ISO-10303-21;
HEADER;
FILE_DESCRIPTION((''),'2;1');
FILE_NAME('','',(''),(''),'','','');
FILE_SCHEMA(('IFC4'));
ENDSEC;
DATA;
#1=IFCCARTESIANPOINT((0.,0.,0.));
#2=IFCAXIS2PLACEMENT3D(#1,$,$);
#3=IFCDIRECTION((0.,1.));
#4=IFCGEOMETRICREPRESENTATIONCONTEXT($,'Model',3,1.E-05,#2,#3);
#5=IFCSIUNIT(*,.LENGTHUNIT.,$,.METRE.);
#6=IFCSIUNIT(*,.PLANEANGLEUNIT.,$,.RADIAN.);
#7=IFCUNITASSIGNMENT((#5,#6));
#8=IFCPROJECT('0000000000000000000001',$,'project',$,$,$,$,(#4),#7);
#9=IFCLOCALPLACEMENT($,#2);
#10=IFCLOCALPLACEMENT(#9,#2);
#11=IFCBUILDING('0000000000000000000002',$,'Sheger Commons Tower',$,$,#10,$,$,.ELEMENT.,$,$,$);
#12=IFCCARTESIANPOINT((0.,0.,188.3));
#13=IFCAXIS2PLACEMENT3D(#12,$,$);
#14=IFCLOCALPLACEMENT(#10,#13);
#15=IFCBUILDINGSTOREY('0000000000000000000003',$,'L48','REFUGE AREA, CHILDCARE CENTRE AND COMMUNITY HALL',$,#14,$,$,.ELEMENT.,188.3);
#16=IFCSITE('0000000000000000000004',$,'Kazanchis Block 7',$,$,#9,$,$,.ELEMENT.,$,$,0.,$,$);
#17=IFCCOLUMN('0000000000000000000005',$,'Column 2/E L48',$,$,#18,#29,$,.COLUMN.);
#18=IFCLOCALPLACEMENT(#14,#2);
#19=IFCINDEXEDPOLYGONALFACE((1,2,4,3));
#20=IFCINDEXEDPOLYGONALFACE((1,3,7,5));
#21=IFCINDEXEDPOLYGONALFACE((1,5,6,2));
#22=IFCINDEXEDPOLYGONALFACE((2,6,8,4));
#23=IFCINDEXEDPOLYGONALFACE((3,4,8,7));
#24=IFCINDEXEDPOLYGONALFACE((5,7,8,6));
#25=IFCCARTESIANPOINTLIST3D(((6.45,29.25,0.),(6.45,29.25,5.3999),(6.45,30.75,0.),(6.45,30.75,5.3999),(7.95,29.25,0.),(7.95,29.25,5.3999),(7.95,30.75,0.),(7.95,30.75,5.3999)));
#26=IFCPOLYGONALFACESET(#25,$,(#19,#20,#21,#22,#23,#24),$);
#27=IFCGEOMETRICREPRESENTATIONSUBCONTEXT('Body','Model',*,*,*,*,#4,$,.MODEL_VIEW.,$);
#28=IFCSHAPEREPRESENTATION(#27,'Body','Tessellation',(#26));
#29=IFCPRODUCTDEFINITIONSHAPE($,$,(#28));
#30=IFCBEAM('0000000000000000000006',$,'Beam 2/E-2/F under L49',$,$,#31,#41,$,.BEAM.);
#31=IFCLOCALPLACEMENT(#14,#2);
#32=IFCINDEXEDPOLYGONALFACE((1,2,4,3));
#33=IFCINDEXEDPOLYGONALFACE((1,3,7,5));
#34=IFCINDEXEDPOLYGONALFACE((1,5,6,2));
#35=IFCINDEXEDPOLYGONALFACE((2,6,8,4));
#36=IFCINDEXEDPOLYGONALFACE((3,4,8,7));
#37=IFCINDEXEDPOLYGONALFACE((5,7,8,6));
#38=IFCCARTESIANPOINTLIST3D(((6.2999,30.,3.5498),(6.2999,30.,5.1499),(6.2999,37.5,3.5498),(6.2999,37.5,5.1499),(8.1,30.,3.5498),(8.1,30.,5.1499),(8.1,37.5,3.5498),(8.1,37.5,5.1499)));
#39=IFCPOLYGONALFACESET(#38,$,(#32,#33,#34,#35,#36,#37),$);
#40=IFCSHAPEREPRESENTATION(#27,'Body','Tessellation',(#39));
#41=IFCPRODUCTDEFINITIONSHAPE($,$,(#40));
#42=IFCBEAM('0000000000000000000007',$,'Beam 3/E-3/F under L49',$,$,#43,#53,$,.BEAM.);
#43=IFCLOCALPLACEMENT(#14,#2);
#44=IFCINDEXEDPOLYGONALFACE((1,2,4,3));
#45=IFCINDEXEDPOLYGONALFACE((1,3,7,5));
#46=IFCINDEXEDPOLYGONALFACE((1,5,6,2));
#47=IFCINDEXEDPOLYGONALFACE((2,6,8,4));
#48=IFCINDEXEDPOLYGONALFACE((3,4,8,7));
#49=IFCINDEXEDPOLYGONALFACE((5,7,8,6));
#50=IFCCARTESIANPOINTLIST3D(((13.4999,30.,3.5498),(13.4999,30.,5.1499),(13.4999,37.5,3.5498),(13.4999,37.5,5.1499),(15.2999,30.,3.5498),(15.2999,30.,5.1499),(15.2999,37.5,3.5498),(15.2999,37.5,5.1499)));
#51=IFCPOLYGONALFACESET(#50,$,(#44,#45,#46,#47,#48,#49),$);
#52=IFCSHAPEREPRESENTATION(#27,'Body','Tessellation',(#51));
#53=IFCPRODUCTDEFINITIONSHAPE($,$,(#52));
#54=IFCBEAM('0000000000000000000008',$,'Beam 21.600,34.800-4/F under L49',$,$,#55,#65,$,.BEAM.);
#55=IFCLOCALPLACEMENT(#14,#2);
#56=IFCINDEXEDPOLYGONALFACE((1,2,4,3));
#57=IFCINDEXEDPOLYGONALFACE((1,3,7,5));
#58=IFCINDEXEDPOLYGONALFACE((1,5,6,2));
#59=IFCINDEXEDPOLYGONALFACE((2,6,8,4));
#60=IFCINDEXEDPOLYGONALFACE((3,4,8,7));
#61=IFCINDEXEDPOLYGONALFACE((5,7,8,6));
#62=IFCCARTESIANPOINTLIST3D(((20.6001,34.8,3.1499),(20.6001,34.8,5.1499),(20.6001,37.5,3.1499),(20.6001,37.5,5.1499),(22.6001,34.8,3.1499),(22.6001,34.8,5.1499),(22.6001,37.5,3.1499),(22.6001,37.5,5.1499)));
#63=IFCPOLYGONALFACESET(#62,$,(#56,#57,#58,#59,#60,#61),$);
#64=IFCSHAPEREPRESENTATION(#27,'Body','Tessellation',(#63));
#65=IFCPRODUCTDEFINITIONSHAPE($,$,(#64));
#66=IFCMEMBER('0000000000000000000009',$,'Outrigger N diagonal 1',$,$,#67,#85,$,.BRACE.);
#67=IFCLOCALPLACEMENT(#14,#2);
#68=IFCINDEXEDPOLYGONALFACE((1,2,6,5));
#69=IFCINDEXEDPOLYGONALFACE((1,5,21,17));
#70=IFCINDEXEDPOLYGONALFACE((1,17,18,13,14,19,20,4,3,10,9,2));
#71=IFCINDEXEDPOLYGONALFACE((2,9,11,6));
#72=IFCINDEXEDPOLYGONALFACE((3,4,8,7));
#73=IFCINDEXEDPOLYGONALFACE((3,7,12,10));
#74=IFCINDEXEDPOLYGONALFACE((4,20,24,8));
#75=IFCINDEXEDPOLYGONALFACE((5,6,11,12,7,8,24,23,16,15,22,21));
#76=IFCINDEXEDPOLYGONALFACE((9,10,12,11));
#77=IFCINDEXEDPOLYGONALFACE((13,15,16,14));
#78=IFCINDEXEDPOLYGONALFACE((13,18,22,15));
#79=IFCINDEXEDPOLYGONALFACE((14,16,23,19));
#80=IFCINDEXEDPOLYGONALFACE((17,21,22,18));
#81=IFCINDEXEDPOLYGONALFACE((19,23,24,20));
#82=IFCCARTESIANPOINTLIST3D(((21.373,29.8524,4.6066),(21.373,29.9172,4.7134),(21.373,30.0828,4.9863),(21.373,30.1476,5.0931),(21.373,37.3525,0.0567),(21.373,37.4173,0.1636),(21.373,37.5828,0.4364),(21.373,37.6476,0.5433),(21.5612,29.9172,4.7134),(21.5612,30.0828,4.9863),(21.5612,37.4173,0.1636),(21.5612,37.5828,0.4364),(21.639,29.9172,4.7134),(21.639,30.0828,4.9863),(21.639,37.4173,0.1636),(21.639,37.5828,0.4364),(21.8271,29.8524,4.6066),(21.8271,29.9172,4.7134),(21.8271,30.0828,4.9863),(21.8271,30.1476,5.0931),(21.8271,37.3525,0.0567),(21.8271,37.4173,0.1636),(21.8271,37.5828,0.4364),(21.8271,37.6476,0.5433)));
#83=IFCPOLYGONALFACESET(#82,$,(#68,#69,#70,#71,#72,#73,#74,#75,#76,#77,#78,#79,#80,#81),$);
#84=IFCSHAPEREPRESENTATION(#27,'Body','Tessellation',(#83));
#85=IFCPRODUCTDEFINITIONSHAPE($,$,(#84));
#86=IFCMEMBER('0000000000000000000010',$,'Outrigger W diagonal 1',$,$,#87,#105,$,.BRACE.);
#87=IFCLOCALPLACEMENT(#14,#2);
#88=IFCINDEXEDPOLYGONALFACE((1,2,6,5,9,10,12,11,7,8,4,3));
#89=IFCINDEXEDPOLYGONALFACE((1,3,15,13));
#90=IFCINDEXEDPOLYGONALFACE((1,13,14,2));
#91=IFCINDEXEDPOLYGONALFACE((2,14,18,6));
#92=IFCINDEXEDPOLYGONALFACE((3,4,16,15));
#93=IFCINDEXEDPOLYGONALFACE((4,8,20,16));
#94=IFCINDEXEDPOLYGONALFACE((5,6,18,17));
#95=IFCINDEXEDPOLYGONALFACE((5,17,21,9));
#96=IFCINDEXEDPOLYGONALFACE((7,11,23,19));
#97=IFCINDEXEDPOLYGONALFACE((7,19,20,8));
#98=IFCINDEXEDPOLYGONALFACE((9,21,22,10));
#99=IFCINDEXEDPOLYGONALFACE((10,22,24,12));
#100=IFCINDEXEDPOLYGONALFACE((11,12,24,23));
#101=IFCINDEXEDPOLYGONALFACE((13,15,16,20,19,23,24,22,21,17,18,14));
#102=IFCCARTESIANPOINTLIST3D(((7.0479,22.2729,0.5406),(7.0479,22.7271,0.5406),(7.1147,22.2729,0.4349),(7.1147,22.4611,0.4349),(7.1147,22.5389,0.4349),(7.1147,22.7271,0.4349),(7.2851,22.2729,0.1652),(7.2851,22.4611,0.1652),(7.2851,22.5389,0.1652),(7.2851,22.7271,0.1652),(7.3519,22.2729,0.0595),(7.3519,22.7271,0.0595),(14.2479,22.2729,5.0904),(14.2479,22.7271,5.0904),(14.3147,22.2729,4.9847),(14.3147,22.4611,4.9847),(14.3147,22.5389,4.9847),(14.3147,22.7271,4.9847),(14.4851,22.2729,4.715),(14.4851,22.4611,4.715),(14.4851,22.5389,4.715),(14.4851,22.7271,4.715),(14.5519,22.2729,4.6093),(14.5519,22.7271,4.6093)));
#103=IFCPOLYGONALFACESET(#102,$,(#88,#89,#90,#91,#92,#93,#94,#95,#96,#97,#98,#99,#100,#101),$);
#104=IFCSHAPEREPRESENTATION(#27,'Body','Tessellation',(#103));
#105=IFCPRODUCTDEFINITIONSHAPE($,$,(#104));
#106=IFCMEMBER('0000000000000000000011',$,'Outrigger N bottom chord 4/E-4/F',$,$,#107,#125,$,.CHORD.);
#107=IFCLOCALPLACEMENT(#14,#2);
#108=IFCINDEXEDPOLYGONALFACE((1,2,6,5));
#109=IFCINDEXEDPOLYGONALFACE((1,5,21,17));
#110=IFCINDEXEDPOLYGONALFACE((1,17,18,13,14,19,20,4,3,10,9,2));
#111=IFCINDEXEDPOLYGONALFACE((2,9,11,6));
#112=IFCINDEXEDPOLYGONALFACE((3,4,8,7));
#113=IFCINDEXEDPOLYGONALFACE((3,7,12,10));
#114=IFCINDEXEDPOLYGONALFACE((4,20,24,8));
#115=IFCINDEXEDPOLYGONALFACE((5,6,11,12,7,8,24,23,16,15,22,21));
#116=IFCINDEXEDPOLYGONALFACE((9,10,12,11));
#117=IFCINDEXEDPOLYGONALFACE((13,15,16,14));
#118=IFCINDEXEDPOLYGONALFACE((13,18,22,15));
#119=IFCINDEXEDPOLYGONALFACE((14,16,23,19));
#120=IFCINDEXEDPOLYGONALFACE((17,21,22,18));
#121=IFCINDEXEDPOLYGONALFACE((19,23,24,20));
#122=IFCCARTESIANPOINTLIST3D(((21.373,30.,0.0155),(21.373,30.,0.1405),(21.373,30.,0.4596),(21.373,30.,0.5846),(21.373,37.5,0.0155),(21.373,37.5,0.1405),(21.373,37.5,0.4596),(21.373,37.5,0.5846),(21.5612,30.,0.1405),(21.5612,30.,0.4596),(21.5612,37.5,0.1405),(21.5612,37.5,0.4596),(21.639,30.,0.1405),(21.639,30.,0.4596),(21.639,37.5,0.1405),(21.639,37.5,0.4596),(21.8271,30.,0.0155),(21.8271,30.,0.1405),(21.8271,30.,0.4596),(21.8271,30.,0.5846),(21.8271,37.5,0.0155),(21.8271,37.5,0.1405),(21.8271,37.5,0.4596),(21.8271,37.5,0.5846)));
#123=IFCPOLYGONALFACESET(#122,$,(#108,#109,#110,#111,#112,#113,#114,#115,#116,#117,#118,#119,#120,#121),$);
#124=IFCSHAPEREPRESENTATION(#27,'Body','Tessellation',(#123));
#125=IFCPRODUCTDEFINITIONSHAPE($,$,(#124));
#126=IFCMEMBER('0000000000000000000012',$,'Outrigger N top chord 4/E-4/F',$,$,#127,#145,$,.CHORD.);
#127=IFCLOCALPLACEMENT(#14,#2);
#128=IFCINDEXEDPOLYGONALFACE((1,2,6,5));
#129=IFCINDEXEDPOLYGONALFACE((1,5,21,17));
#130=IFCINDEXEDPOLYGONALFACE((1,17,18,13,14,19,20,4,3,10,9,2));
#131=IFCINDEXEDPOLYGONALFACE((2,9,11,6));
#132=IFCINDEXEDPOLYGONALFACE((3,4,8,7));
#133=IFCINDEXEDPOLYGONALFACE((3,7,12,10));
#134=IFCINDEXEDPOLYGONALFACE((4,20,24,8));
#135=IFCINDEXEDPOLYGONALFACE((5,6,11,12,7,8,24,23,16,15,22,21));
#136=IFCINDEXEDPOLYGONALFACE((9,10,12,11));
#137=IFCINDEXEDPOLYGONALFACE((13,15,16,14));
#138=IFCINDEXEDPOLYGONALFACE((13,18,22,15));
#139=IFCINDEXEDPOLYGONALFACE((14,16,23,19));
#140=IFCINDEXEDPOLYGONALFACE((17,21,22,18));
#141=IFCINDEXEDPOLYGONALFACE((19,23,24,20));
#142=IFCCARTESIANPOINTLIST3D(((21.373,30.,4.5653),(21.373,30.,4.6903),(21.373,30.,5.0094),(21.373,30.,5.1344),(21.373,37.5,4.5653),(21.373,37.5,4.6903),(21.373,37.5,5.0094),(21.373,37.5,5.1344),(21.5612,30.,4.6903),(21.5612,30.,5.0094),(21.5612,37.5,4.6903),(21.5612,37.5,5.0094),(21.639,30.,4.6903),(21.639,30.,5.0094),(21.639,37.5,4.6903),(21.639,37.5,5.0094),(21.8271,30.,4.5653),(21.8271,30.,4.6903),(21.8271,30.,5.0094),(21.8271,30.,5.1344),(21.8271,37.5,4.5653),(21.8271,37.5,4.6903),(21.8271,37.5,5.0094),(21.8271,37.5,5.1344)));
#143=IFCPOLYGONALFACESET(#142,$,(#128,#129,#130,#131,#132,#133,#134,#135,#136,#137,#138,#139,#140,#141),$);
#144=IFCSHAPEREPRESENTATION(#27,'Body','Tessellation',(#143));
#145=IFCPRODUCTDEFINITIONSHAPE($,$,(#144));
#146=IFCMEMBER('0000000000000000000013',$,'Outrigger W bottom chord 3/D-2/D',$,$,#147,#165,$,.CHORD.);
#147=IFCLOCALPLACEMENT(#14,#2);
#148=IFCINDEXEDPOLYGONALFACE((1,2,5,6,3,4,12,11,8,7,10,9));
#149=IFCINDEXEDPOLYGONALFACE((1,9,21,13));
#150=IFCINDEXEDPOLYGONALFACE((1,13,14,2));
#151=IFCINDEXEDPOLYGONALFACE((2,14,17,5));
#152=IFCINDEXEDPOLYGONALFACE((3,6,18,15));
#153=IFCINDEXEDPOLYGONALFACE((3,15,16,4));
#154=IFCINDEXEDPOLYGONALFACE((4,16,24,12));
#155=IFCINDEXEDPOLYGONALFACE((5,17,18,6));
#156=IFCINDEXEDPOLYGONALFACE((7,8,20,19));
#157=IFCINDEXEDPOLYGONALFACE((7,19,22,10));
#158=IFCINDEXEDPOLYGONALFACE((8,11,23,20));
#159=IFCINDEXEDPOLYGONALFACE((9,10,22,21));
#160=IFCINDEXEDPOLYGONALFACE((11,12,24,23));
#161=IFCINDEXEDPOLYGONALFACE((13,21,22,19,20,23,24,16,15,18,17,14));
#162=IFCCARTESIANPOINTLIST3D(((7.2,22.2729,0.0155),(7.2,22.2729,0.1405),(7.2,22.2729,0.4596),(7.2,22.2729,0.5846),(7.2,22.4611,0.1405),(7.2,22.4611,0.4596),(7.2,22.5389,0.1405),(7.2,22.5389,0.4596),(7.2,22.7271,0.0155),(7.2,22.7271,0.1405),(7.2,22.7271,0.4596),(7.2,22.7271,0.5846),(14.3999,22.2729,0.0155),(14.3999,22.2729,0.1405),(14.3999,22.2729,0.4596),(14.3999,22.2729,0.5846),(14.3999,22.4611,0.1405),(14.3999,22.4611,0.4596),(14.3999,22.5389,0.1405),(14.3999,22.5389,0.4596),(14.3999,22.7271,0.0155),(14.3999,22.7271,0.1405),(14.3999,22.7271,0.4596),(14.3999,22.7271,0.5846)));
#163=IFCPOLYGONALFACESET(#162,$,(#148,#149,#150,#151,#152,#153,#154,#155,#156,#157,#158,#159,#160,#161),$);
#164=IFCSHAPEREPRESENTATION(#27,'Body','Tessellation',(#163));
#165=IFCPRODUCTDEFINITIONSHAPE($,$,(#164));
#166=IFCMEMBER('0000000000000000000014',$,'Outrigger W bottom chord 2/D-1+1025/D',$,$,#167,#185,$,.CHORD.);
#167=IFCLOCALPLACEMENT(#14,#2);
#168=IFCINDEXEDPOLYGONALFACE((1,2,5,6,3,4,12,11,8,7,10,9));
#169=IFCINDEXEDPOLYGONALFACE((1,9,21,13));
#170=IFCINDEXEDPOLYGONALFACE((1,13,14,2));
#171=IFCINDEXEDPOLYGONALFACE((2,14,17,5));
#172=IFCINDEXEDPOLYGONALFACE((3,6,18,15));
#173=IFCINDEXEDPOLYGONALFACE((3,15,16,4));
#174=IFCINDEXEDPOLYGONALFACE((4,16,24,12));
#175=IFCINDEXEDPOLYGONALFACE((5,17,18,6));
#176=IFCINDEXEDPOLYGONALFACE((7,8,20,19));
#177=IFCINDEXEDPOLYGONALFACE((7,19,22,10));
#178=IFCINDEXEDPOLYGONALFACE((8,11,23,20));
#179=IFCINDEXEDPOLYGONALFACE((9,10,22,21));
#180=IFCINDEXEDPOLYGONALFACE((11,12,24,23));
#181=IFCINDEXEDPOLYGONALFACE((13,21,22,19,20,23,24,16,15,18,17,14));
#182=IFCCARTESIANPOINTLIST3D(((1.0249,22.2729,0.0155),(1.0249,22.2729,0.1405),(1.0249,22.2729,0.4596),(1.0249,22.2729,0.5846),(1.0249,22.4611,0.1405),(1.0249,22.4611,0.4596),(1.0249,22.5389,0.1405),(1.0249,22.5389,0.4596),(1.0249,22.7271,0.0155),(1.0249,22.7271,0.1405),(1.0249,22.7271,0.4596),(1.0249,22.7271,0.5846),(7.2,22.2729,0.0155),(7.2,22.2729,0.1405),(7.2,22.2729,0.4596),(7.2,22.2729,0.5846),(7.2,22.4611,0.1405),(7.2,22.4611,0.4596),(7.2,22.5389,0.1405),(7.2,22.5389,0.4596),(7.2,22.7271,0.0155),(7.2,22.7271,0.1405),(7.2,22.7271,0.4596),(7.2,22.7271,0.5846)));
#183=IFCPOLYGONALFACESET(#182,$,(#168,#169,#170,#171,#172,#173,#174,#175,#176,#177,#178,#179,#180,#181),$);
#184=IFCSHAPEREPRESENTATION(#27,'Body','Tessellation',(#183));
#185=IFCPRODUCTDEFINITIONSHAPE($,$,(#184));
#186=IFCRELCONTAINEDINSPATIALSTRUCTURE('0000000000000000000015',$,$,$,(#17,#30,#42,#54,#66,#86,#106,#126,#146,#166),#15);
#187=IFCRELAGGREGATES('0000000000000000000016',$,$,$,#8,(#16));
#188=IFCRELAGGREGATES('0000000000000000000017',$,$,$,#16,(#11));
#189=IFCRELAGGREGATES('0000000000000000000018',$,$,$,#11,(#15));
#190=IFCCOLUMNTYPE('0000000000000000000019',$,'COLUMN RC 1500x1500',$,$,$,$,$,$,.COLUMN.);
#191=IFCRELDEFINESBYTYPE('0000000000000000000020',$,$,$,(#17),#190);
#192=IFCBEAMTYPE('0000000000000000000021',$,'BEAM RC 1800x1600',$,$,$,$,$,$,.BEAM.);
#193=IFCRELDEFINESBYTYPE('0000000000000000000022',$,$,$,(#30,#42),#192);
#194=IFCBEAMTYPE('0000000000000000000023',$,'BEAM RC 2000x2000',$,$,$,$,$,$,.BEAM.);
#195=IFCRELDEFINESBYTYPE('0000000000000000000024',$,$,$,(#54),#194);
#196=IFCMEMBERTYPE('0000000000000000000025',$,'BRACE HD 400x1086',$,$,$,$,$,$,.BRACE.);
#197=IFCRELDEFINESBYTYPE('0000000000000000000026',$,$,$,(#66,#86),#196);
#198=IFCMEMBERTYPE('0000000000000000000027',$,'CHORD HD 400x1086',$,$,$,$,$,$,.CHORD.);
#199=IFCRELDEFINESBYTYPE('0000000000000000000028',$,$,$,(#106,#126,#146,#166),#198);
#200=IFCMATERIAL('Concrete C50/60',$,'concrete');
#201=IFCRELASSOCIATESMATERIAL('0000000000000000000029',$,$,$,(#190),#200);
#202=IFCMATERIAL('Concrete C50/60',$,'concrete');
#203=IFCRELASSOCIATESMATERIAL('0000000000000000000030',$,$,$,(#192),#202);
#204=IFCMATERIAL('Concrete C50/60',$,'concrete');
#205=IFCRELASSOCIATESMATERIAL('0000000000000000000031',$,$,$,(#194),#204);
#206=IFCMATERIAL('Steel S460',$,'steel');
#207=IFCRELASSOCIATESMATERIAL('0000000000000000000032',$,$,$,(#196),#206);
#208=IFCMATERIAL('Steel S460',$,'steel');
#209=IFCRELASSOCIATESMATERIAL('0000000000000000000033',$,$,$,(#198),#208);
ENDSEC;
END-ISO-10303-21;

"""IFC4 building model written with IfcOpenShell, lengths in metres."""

from ifc_helpers import new_model, si_unit, direction, frame, origin, origin_2d, place, context, subcontext, project, spatial, rectangle, i_section, extrude, material, material_profile, profile_set, type_object, element, save


model = new_model("IFC4")

# Units and contexts
model_context = context("Model", 3, precision=1e-05, world=origin(), true_north=direction((0.0, 1.0)))
body_context = subcontext(model_context, "Body", "Model", "MODEL_VIEW")
ifc_project = project(units=[si_unit("LENGTHUNIT", "METRE"), si_unit("PLANEANGLEUNIT", "RADIAN")], contexts=[model_context])

# Site, building, storey
site_placement = place(None, origin())
site = spatial("IfcSite", under=ifc_project, at=site_placement, Name="Kazanchis Block 7", CompositionType="ELEMENT", RefElevation=0.0)
building_placement = place(site_placement, origin())
building = spatial("IfcBuilding", under=site, at=building_placement, Name="Sheger Commons Tower", CompositionType="ELEMENT")
storey_placement = place(building_placement, frame((0.0, 0.0, 188.3)))
storey = spatial("IfcBuildingStorey", under=building, at=storey_placement, Name="L48", Description="REFUGE AREA, CHILDCARE CENTRE AND COMMUNITY HALL", CompositionType="ELEMENT", Elevation=188.3)

# Column
ifc_material_1 = material(Name="Concrete C50/60", Category="concrete")
ifc_material_profile_1 = material_profile(ifc_material_1, rectangle(XDim=1.5, YDim=1.5, at=origin_2d()), Name="RC 1500x1500")
ifc_profile_set_1 = profile_set([ifc_material_profile_1], Name="Concrete C50/60")
column_type = type_object("IfcColumnType", Name="COLUMN RC 1500x1500", PredefinedType="COLUMN", material=ifc_profile_set_1)
column_placement = place(storey_placement, frame((7.2, 30.0, 0.0), z_axis=(0.0, 0.0, 1.0), x_axis=(1.0, 0.0, 0.0)))
element("IfcColumn", 1, at=column_placement, inside=storey, type_object=column_type, Name="Column 2/E L48", PredefinedType="COLUMN", context=body_context, shape_type="SweptSolid", body=[
    extrude(rectangle(XDim=1.5, YDim=1.5, at=origin_2d()), origin(), (0.0, 0.0, 1.0), 5.3999),
])

# Beams
ifc_material_2 = material(Name="Concrete C50/60", Category="concrete")
ifc_material_profile_2 = material_profile(ifc_material_2, rectangle(XDim=1.8, YDim=1.6001, at=origin_2d()), Name="RC 1800x1600")
ifc_profile_set_2 = profile_set([ifc_material_profile_2], Name="Concrete C50/60")
beam_type_1 = type_object("IfcBeamType", Name="BEAM RC 1800x1600", PredefinedType="BEAM", material=ifc_profile_set_2)
for number, where, z_axis, x_axis, name in (
    (2, (7.2, 30.0, 4.3499), (0.0, 1.0, 0.0), (-1.0, 0.0, 0.0), "Beam 2/E-2/F under L49"),
    (3, (14.3999, 30.0, 4.3499), (0.0, 1.0, 0.0), (-1.0, 0.0, 0.0), "Beam 3/E-3/F under L49"),
):
    element("IfcBeam", number, at=place(storey_placement, frame(where, z_axis=z_axis, x_axis=x_axis)), inside=storey, type_object=beam_type_1, Name=name, PredefinedType="BEAM", context=body_context, shape_type="SweptSolid", body=[
        extrude(rectangle(XDim=1.8, YDim=1.6001, at=origin_2d()), origin(), (0.0, 0.0, 1.0), 7.5),
    ])
ifc_material_3 = material(Name="Concrete C50/60", Category="concrete")
ifc_material_profile_3 = material_profile(ifc_material_3, rectangle(XDim=2.0, YDim=2.0, at=origin_2d()), Name="RC 2000x2000")
ifc_profile_set_3 = profile_set([ifc_material_profile_3], Name="Concrete C50/60")
beam_type_2 = type_object("IfcBeamType", Name="BEAM RC 2000x2000", PredefinedType="BEAM", material=ifc_profile_set_3)
beam_placement = place(storey_placement, frame((21.6001, 34.8, 4.1499), z_axis=(0.0, 1.0, 0.0), x_axis=(-1.0, 0.0, 0.0)))
element("IfcBeam", 4, at=beam_placement, inside=storey, type_object=beam_type_2, Name="Beam 21.600,34.800-4/F under L49", PredefinedType="BEAM", context=body_context, shape_type="SweptSolid", body=[
    extrude(rectangle(XDim=2.0, YDim=2.0, at=origin_2d()), origin(), (0.0, 0.0, 1.0), 2.7),
])

# Members
ifc_material_4 = material(Name="Steel S460", Category="steel")
ifc_material_profile_4 = material_profile(ifc_material_4, i_section(OverallWidth=0.4541, OverallDepth=0.5691, WebThickness=0.0779, FlangeThickness=0.125, at=origin_2d()), Name="HD 400x1086")
ifc_profile_set_4 = profile_set([ifc_material_profile_4], Name="Steel S460")
member_type_1 = type_object("IfcMemberType", Name="BRACE HD 400x1086", PredefinedType="BRACE", material=ifc_profile_set_4)
member_1_placement = place(storey_placement, frame((21.6001, 30.0, 4.8499), z_axis=(0.0, 0.854978, -0.518664), x_axis=(-1.0, 0.0, 0.0)))
element("IfcMember", 5, at=member_1_placement, inside=storey, type_object=member_type_1, Name="Outrigger N diagonal 1", PredefinedType="BRACE", context=body_context, shape_type="SweptSolid", body=[
    extrude(i_section(OverallWidth=0.4541, OverallDepth=0.5691, WebThickness=0.0779, FlangeThickness=0.125, at=origin_2d()), origin(), (0.0, 0.0, 1.0), 8.7722),
])
member_2_placement = place(storey_placement, frame((14.3999, 22.5, 4.8499), z_axis=(-0.845358, 0.0, -0.5342), x_axis=(0.0, -1.0, 0.0)))
element("IfcMember", 6, at=member_2_placement, inside=storey, type_object=member_type_1, Name="Outrigger W diagonal 1", PredefinedType="BRACE", context=body_context, shape_type="SweptSolid", body=[
    extrude(i_section(OverallWidth=0.4541, OverallDepth=0.5691, WebThickness=0.0779, FlangeThickness=0.125, at=origin_2d()), origin(), (0.0, 0.0, 1.0), 8.5171),
])
ifc_material_5 = material(Name="Steel S460", Category="steel")
ifc_material_profile_5 = material_profile(ifc_material_5, i_section(OverallWidth=0.4541, OverallDepth=0.5691, WebThickness=0.0779, FlangeThickness=0.125, at=origin_2d()), Name="HD 400x1086")
ifc_profile_set_5 = profile_set([ifc_material_profile_5], Name="Steel S460")
member_type_2 = type_object("IfcMemberType", Name="CHORD HD 400x1086", PredefinedType="CHORD", material=ifc_profile_set_5)
for number, where, z_axis, x_axis, name in (
    (7, (21.6001, 30.0, 0.3), (0.0, 1.0, 0.0), (-1.0, 0.0, 0.0), "Outrigger N bottom chord 4/E-4/F"),
    (8, (21.6001, 30.0, 4.8499), (0.0, 1.0, 0.0), (-1.0, 0.0, 0.0), "Outrigger N top chord 4/E-4/F"),
):
    element("IfcMember", number, at=place(storey_placement, frame(where, z_axis=z_axis, x_axis=x_axis)), inside=storey, type_object=member_type_2, Name=name, PredefinedType="CHORD", context=body_context, shape_type="SweptSolid", body=[
        extrude(i_section(OverallWidth=0.4541, OverallDepth=0.5691, WebThickness=0.0779, FlangeThickness=0.125, at=origin_2d()), origin(), (0.0, 0.0, 1.0), 7.5),
    ])
member_3_placement = place(storey_placement, frame((14.3999, 22.5, 0.3), z_axis=(-1.0, 0.0, 0.0), x_axis=(0.0, -1.0, 0.0)))
element("IfcMember", 9, at=member_3_placement, inside=storey, type_object=member_type_2, Name="Outrigger W bottom chord 3/D-2/D", PredefinedType="CHORD", context=body_context, shape_type="SweptSolid", body=[
    extrude(i_section(OverallWidth=0.4541, OverallDepth=0.5691, WebThickness=0.0779, FlangeThickness=0.125, at=origin_2d()), origin(), (0.0, 0.0, 1.0), 7.2),
])
member_4_placement = place(storey_placement, frame((7.2, 22.5, 0.3), z_axis=(-1.0, 0.0, 0.0), x_axis=(0.0, -1.0, 0.0)))
element("IfcMember", 10, at=member_4_placement, inside=storey, type_object=member_type_2, Name="Outrigger W bottom chord 2/D-1+1025/D", PredefinedType="CHORD", context=body_context, shape_type="SweptSolid", body=[
    extrude(i_section(OverallWidth=0.4541, OverallDepth=0.5691, WebThickness=0.0779, FlangeThickness=0.125, at=origin_2d()), origin(), (0.0, 0.0, 1.0), 6.175),
])

save(model, "model.ifc")
